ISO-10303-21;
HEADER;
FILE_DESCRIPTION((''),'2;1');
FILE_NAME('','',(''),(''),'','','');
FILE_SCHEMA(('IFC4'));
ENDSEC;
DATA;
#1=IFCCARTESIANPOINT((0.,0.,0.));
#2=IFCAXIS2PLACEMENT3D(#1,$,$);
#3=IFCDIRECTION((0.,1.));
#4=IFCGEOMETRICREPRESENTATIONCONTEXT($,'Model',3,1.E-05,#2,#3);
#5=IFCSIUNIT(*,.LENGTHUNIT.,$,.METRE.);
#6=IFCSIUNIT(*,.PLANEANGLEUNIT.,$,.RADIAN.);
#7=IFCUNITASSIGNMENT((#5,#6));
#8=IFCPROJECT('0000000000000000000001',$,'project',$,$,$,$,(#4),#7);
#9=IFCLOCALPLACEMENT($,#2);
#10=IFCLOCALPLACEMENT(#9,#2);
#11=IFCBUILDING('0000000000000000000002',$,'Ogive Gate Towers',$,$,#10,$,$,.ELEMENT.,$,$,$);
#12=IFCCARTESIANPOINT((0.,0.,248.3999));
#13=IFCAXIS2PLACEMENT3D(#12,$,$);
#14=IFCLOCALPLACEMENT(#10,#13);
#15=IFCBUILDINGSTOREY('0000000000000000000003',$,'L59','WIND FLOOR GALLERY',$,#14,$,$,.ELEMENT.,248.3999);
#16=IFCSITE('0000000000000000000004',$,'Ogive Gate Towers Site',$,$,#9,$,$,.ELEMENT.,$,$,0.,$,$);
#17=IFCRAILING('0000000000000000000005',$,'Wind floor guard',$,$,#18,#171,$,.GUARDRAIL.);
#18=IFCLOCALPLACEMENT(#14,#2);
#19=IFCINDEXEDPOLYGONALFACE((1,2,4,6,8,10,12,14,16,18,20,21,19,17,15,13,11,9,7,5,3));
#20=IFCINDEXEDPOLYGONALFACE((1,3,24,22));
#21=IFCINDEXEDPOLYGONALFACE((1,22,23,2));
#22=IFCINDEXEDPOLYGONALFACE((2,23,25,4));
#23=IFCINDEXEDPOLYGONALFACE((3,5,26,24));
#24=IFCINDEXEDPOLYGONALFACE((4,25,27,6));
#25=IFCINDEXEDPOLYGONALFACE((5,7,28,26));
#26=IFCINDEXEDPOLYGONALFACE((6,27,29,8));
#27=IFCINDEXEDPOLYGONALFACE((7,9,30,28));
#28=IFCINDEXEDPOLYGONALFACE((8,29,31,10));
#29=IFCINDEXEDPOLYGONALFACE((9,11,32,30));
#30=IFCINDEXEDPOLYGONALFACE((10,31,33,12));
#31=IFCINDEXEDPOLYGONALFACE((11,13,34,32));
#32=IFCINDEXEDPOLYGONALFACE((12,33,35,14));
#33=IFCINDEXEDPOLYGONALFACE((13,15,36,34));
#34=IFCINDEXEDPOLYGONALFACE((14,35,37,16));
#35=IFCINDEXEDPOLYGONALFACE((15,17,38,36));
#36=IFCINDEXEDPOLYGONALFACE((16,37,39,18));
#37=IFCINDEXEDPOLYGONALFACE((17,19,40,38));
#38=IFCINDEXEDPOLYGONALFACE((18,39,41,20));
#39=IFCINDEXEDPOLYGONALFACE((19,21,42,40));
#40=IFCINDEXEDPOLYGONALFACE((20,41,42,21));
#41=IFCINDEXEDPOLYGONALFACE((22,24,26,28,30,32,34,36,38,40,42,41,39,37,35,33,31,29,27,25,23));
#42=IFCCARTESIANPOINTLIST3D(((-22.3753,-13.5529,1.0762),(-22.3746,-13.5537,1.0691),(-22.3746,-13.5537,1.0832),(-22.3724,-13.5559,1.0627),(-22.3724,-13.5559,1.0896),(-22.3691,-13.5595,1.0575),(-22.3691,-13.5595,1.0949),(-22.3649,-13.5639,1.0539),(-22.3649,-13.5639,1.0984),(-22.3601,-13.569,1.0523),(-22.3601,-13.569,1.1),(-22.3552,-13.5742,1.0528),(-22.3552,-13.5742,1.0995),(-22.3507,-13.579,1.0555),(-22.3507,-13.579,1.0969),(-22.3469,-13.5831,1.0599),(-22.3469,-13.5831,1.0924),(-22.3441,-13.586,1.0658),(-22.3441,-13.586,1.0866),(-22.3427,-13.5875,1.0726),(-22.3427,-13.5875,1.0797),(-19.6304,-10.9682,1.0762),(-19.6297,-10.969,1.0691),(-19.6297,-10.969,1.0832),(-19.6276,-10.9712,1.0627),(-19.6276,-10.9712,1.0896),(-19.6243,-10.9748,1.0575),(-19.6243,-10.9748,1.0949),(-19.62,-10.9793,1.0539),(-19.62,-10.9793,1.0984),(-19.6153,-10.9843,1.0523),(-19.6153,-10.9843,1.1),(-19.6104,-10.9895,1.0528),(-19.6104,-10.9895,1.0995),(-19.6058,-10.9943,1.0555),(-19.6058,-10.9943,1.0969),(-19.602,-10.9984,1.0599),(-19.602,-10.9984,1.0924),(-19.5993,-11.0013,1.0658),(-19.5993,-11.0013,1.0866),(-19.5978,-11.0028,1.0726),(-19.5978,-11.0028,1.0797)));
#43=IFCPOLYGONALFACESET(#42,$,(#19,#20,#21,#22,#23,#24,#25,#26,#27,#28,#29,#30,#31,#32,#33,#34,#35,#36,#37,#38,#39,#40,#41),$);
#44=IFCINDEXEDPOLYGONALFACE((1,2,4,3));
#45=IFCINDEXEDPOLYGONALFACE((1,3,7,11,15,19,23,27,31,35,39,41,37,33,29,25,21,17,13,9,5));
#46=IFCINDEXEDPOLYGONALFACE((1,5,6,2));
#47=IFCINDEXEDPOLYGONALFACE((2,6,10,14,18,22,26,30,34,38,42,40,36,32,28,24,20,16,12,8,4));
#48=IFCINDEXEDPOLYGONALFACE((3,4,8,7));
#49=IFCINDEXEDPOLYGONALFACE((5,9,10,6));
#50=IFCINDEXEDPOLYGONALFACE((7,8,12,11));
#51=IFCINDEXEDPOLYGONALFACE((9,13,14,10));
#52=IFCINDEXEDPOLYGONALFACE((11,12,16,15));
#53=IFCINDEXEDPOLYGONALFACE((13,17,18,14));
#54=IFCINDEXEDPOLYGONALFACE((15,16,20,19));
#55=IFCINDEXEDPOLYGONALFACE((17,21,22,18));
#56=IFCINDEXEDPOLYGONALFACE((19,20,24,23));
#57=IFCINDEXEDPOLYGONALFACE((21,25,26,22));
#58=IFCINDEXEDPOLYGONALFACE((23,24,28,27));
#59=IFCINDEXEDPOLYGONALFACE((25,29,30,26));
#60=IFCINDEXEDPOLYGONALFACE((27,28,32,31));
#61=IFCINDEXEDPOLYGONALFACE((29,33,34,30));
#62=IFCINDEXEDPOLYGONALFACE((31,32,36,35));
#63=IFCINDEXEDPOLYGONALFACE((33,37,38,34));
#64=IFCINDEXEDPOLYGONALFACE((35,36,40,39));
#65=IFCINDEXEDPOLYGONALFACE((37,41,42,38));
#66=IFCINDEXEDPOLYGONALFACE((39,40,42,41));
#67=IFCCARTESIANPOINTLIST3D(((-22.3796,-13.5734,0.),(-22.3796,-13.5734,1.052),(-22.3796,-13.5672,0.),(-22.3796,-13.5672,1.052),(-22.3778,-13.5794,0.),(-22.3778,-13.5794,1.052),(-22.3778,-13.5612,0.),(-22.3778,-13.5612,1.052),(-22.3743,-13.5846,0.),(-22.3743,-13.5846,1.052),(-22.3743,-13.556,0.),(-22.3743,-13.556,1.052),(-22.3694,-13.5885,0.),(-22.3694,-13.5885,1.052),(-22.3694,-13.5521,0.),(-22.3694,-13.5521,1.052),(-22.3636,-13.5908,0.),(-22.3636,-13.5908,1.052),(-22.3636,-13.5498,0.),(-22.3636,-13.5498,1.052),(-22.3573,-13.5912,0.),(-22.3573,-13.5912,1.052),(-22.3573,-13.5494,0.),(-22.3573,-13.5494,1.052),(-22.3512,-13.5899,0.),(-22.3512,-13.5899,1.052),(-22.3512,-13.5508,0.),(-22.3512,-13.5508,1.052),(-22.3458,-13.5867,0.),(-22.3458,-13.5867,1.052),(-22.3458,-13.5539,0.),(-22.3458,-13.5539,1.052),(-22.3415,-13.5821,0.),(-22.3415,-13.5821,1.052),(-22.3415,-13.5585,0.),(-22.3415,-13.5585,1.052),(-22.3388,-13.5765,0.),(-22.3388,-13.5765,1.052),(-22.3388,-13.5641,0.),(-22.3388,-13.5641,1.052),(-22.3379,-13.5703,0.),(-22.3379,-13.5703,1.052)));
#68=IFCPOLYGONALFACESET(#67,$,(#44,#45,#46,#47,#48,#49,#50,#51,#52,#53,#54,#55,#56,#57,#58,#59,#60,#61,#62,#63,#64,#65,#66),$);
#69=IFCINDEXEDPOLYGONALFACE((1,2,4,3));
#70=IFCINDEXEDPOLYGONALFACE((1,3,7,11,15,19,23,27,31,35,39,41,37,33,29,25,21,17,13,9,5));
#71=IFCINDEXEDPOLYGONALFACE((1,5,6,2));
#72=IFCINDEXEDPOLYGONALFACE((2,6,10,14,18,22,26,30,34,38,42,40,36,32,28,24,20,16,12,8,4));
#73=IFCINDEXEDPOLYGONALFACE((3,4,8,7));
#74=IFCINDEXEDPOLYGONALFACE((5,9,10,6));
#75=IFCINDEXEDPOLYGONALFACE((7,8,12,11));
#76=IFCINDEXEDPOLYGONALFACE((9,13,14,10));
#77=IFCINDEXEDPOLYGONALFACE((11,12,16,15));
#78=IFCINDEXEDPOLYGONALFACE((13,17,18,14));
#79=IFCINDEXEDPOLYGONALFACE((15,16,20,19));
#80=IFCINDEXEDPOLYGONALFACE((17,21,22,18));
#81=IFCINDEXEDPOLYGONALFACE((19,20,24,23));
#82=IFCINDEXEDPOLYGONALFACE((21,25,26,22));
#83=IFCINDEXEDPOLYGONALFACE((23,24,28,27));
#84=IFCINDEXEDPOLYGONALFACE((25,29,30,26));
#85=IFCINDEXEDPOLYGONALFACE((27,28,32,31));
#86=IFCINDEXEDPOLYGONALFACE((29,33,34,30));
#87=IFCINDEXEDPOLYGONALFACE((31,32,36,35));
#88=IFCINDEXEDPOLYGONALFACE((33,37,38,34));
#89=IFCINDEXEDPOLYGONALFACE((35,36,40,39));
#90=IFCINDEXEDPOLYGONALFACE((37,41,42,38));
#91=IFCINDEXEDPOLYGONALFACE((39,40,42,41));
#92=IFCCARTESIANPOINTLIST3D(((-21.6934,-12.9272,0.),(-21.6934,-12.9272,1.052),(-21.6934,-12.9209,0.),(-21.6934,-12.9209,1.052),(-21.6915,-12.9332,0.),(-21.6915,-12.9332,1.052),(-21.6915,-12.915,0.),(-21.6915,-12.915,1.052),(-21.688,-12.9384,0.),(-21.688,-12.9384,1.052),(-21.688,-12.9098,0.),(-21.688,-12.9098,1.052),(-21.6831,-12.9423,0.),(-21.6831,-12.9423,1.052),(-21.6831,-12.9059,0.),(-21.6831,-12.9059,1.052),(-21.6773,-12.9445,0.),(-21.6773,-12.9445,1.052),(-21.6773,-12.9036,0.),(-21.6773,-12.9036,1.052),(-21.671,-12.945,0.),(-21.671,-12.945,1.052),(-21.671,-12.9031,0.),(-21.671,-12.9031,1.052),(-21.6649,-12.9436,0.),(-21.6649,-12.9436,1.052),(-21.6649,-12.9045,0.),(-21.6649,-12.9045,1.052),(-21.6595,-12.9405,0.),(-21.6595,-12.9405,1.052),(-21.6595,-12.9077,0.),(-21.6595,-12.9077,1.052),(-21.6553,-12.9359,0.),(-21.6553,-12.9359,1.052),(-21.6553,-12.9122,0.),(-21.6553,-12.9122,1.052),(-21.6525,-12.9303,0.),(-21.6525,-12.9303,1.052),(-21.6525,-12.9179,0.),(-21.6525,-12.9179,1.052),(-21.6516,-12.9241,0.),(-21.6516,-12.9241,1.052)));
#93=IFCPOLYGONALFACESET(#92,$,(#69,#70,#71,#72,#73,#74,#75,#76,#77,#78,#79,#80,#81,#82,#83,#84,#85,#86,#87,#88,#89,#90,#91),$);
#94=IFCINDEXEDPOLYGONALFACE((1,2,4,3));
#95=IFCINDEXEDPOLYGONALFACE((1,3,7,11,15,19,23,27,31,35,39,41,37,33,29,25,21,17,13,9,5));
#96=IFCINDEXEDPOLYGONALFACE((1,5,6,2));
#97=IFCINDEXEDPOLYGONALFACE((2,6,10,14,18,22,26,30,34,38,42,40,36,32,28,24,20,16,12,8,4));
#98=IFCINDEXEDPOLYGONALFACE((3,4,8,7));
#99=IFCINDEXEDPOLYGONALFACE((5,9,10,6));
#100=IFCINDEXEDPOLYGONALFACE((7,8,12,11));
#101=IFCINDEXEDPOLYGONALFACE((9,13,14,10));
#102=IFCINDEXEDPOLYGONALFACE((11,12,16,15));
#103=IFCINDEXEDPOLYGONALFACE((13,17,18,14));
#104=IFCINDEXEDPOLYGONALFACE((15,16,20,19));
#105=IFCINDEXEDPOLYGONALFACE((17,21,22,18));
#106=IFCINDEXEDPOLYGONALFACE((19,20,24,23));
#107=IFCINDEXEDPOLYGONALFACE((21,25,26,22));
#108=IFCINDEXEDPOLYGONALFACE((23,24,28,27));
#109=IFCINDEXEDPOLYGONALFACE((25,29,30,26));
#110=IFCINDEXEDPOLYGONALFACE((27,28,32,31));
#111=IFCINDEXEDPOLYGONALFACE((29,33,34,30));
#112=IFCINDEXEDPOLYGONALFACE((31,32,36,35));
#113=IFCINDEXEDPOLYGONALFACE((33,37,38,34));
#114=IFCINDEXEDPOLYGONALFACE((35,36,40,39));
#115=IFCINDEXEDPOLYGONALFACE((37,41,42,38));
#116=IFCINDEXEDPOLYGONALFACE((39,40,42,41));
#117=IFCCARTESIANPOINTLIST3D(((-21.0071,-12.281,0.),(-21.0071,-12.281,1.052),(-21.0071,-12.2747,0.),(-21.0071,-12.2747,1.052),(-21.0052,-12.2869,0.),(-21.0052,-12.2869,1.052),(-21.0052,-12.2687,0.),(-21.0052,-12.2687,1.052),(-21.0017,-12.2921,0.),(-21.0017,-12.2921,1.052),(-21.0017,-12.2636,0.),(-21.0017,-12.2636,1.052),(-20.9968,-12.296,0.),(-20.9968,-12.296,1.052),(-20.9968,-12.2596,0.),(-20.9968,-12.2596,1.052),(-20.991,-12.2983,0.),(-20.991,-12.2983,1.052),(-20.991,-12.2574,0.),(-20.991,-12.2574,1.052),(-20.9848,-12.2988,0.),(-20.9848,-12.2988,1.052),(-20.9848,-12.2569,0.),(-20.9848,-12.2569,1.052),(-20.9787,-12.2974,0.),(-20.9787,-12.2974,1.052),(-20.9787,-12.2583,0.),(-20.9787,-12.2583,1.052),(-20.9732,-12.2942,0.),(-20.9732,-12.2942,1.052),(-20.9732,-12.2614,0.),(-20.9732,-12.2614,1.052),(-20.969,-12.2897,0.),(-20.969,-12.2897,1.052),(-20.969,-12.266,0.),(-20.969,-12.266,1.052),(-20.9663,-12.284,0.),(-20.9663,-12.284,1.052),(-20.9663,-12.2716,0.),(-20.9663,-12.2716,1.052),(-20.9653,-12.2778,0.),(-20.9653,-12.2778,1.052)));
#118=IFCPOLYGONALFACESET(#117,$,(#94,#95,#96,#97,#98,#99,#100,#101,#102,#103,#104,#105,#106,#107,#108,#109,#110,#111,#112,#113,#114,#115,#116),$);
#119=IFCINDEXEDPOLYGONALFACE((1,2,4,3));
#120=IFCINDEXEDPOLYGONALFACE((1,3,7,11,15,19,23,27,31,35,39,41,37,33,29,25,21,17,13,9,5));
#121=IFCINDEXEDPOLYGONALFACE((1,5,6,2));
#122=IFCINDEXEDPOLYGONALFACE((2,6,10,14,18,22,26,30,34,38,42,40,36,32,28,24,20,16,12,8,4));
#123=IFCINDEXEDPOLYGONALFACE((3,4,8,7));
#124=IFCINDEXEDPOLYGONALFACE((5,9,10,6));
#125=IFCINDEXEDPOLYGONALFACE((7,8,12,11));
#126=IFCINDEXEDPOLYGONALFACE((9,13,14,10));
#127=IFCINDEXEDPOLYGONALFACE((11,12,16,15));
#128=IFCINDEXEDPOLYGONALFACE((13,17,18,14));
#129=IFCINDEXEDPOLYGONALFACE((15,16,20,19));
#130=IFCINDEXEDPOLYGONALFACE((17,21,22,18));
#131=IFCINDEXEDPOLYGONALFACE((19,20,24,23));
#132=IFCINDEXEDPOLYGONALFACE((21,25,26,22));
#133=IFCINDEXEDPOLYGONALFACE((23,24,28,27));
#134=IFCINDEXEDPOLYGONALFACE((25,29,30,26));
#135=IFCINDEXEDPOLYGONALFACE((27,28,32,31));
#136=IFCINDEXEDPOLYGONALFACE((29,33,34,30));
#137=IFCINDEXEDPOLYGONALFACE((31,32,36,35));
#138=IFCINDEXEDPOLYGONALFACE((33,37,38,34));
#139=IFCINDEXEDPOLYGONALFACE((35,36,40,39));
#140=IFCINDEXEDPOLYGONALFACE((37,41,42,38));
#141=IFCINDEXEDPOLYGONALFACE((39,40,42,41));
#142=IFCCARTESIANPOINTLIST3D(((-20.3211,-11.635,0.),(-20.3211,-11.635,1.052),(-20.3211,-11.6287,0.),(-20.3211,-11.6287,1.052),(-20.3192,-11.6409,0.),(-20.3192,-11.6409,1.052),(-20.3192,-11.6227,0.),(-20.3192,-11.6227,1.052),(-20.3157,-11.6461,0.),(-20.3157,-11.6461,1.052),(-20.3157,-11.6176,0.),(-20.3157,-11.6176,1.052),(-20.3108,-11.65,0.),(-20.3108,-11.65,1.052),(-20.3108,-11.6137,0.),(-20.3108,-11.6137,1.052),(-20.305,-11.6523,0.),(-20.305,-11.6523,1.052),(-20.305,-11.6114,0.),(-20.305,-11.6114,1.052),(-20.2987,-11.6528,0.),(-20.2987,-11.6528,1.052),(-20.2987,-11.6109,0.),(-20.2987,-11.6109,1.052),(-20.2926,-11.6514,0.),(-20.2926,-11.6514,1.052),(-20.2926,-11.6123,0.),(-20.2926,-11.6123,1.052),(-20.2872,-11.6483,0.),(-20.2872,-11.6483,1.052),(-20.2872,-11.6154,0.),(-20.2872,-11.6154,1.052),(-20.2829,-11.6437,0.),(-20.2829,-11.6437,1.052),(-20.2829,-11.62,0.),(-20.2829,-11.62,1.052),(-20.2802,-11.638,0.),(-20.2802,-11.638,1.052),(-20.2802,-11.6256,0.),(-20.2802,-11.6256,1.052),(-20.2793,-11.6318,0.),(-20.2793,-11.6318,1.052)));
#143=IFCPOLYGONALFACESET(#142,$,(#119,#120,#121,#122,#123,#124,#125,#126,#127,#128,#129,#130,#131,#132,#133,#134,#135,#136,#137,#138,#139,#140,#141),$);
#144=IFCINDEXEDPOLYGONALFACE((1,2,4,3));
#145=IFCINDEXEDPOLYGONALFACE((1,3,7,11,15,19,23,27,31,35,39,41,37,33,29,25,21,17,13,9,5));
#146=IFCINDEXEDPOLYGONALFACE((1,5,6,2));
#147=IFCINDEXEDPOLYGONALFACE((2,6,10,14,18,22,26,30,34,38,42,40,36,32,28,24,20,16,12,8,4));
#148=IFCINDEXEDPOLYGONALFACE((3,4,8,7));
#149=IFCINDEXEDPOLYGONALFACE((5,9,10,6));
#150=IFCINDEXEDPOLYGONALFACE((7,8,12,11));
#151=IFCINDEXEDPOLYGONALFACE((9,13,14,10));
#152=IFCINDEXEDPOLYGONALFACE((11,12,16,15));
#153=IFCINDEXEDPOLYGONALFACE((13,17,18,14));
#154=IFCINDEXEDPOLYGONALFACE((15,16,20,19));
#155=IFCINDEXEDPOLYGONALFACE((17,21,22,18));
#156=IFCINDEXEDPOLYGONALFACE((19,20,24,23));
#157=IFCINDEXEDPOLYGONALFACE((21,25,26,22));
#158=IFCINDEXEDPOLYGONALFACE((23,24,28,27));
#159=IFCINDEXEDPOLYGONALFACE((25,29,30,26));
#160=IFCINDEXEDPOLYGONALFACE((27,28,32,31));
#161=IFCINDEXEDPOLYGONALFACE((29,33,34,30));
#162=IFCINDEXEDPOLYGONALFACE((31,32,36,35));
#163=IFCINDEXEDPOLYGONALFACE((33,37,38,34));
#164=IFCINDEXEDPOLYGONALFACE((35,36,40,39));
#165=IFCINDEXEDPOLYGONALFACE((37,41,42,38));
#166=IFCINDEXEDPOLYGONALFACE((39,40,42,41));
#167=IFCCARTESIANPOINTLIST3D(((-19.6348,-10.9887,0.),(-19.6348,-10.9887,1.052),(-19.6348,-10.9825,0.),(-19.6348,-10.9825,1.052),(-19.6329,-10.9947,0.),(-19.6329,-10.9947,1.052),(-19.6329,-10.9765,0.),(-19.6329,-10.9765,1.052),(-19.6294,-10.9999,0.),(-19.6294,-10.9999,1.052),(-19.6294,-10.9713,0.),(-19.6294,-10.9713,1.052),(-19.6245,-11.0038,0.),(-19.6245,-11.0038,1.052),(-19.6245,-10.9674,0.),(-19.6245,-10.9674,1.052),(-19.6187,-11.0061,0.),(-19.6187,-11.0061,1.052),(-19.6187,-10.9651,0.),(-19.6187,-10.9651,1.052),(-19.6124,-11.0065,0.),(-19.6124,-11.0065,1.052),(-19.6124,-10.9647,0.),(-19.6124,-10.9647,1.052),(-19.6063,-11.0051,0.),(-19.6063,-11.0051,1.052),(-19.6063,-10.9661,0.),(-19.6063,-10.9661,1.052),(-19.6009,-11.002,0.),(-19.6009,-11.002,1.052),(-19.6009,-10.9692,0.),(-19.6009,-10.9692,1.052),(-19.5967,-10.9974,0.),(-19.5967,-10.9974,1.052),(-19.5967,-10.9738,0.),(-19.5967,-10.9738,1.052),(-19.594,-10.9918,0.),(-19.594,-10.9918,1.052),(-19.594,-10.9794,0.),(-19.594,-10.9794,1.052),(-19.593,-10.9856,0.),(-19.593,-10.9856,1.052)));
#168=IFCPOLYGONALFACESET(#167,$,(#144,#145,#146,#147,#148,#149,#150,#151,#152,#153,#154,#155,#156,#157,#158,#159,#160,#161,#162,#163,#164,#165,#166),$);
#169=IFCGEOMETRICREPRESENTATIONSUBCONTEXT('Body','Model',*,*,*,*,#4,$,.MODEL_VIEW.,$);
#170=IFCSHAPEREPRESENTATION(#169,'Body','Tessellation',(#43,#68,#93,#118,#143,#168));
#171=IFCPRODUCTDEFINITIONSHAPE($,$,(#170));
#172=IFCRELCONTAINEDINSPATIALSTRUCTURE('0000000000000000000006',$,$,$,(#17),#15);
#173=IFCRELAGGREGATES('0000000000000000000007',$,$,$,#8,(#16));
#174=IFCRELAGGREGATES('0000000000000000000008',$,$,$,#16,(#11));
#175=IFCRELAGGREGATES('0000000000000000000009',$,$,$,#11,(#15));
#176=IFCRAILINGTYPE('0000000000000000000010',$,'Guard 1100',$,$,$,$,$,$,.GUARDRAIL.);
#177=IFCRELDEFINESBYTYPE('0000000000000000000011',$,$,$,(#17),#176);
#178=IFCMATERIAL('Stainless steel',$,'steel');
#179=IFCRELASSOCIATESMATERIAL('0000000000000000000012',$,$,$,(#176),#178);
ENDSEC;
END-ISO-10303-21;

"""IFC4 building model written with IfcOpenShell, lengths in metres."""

from ifc_helpers import new_model, si_unit, direction, frame, origin, origin_2d, place, context, subcontext, project, spatial, circle, extrude, material, type_object, element, save


model = new_model("IFC4")

# Units and contexts
model_context = context("Model", 3, precision=1e-05, world=origin(), true_north=direction((0.0, 1.0)))
body_context = subcontext(model_context, "Body", "Model", "MODEL_VIEW")
ifc_project = project(units=[si_unit("LENGTHUNIT", "METRE"), si_unit("PLANEANGLEUNIT", "RADIAN")], contexts=[model_context])

# Site, building, storey
site_placement = place(None, origin())
site = spatial("IfcSite", under=ifc_project, at=site_placement, Name="Ogive Gate Towers Site", CompositionType="ELEMENT", RefElevation=0.0)
building_placement = place(site_placement, origin())
building = spatial("IfcBuilding", under=site, at=building_placement, Name="Ogive Gate Towers", CompositionType="ELEMENT")
storey_placement = place(building_placement, frame((0.0, 0.0, 248.3999)))
storey = spatial("IfcBuildingStorey", under=building, at=storey_placement, Name="L59", Description="WIND FLOOR GALLERY", CompositionType="ELEMENT", Elevation=248.3999)

# Railing
ifc_material_1 = material(Name="Stainless steel", Category="steel")
railing_type_1 = type_object("IfcRailingType", Name="Guard 1100", PredefinedType="GUARDRAIL", material=ifc_material_1)
railing_1_placement = place(storey_placement, frame((-22.3589, -13.5703, 0.0)))
element("IfcRailing", 1, at=railing_1_placement, inside=storey, type_object=railing_type_1, Name="Wind floor guard", PredefinedType="GUARDRAIL", context=body_context, shape_type="SweptSolid", body=[
    extrude(circle(Radius=0.0239, at=origin_2d()), frame((0.0, 0.0, 1.0762), z_axis=(0.728027, 0.685548, 0.0), x_axis=(-0.685548, 0.728027, 0.0)), (0.0, 0.0, 1.0), 3.7703),
    extrude(circle(Radius=0.021, at=origin_2d()), origin(), (0.0, 0.0, 1.0), 1.052),
    extrude(circle(Radius=0.021, at=origin_2d()), frame((0.6863, 0.6462, 0.0)), (0.0, 0.0, 1.0), 1.052),
    extrude(circle(Radius=0.021, at=origin_2d()), frame((1.3726, 1.2925, 0.0)), (0.0, 0.0, 1.0), 1.052),
    extrude(circle(Radius=0.021, at=origin_2d()), frame((2.0586, 1.9385, 0.0)), (0.0, 0.0, 1.0), 1.052),
    extrude(circle(Radius=0.021, at=origin_2d()), frame((2.7449, 2.5847, 0.0)), (0.0, 0.0, 1.0), 1.052),
])

save(model, "model.ifc")
